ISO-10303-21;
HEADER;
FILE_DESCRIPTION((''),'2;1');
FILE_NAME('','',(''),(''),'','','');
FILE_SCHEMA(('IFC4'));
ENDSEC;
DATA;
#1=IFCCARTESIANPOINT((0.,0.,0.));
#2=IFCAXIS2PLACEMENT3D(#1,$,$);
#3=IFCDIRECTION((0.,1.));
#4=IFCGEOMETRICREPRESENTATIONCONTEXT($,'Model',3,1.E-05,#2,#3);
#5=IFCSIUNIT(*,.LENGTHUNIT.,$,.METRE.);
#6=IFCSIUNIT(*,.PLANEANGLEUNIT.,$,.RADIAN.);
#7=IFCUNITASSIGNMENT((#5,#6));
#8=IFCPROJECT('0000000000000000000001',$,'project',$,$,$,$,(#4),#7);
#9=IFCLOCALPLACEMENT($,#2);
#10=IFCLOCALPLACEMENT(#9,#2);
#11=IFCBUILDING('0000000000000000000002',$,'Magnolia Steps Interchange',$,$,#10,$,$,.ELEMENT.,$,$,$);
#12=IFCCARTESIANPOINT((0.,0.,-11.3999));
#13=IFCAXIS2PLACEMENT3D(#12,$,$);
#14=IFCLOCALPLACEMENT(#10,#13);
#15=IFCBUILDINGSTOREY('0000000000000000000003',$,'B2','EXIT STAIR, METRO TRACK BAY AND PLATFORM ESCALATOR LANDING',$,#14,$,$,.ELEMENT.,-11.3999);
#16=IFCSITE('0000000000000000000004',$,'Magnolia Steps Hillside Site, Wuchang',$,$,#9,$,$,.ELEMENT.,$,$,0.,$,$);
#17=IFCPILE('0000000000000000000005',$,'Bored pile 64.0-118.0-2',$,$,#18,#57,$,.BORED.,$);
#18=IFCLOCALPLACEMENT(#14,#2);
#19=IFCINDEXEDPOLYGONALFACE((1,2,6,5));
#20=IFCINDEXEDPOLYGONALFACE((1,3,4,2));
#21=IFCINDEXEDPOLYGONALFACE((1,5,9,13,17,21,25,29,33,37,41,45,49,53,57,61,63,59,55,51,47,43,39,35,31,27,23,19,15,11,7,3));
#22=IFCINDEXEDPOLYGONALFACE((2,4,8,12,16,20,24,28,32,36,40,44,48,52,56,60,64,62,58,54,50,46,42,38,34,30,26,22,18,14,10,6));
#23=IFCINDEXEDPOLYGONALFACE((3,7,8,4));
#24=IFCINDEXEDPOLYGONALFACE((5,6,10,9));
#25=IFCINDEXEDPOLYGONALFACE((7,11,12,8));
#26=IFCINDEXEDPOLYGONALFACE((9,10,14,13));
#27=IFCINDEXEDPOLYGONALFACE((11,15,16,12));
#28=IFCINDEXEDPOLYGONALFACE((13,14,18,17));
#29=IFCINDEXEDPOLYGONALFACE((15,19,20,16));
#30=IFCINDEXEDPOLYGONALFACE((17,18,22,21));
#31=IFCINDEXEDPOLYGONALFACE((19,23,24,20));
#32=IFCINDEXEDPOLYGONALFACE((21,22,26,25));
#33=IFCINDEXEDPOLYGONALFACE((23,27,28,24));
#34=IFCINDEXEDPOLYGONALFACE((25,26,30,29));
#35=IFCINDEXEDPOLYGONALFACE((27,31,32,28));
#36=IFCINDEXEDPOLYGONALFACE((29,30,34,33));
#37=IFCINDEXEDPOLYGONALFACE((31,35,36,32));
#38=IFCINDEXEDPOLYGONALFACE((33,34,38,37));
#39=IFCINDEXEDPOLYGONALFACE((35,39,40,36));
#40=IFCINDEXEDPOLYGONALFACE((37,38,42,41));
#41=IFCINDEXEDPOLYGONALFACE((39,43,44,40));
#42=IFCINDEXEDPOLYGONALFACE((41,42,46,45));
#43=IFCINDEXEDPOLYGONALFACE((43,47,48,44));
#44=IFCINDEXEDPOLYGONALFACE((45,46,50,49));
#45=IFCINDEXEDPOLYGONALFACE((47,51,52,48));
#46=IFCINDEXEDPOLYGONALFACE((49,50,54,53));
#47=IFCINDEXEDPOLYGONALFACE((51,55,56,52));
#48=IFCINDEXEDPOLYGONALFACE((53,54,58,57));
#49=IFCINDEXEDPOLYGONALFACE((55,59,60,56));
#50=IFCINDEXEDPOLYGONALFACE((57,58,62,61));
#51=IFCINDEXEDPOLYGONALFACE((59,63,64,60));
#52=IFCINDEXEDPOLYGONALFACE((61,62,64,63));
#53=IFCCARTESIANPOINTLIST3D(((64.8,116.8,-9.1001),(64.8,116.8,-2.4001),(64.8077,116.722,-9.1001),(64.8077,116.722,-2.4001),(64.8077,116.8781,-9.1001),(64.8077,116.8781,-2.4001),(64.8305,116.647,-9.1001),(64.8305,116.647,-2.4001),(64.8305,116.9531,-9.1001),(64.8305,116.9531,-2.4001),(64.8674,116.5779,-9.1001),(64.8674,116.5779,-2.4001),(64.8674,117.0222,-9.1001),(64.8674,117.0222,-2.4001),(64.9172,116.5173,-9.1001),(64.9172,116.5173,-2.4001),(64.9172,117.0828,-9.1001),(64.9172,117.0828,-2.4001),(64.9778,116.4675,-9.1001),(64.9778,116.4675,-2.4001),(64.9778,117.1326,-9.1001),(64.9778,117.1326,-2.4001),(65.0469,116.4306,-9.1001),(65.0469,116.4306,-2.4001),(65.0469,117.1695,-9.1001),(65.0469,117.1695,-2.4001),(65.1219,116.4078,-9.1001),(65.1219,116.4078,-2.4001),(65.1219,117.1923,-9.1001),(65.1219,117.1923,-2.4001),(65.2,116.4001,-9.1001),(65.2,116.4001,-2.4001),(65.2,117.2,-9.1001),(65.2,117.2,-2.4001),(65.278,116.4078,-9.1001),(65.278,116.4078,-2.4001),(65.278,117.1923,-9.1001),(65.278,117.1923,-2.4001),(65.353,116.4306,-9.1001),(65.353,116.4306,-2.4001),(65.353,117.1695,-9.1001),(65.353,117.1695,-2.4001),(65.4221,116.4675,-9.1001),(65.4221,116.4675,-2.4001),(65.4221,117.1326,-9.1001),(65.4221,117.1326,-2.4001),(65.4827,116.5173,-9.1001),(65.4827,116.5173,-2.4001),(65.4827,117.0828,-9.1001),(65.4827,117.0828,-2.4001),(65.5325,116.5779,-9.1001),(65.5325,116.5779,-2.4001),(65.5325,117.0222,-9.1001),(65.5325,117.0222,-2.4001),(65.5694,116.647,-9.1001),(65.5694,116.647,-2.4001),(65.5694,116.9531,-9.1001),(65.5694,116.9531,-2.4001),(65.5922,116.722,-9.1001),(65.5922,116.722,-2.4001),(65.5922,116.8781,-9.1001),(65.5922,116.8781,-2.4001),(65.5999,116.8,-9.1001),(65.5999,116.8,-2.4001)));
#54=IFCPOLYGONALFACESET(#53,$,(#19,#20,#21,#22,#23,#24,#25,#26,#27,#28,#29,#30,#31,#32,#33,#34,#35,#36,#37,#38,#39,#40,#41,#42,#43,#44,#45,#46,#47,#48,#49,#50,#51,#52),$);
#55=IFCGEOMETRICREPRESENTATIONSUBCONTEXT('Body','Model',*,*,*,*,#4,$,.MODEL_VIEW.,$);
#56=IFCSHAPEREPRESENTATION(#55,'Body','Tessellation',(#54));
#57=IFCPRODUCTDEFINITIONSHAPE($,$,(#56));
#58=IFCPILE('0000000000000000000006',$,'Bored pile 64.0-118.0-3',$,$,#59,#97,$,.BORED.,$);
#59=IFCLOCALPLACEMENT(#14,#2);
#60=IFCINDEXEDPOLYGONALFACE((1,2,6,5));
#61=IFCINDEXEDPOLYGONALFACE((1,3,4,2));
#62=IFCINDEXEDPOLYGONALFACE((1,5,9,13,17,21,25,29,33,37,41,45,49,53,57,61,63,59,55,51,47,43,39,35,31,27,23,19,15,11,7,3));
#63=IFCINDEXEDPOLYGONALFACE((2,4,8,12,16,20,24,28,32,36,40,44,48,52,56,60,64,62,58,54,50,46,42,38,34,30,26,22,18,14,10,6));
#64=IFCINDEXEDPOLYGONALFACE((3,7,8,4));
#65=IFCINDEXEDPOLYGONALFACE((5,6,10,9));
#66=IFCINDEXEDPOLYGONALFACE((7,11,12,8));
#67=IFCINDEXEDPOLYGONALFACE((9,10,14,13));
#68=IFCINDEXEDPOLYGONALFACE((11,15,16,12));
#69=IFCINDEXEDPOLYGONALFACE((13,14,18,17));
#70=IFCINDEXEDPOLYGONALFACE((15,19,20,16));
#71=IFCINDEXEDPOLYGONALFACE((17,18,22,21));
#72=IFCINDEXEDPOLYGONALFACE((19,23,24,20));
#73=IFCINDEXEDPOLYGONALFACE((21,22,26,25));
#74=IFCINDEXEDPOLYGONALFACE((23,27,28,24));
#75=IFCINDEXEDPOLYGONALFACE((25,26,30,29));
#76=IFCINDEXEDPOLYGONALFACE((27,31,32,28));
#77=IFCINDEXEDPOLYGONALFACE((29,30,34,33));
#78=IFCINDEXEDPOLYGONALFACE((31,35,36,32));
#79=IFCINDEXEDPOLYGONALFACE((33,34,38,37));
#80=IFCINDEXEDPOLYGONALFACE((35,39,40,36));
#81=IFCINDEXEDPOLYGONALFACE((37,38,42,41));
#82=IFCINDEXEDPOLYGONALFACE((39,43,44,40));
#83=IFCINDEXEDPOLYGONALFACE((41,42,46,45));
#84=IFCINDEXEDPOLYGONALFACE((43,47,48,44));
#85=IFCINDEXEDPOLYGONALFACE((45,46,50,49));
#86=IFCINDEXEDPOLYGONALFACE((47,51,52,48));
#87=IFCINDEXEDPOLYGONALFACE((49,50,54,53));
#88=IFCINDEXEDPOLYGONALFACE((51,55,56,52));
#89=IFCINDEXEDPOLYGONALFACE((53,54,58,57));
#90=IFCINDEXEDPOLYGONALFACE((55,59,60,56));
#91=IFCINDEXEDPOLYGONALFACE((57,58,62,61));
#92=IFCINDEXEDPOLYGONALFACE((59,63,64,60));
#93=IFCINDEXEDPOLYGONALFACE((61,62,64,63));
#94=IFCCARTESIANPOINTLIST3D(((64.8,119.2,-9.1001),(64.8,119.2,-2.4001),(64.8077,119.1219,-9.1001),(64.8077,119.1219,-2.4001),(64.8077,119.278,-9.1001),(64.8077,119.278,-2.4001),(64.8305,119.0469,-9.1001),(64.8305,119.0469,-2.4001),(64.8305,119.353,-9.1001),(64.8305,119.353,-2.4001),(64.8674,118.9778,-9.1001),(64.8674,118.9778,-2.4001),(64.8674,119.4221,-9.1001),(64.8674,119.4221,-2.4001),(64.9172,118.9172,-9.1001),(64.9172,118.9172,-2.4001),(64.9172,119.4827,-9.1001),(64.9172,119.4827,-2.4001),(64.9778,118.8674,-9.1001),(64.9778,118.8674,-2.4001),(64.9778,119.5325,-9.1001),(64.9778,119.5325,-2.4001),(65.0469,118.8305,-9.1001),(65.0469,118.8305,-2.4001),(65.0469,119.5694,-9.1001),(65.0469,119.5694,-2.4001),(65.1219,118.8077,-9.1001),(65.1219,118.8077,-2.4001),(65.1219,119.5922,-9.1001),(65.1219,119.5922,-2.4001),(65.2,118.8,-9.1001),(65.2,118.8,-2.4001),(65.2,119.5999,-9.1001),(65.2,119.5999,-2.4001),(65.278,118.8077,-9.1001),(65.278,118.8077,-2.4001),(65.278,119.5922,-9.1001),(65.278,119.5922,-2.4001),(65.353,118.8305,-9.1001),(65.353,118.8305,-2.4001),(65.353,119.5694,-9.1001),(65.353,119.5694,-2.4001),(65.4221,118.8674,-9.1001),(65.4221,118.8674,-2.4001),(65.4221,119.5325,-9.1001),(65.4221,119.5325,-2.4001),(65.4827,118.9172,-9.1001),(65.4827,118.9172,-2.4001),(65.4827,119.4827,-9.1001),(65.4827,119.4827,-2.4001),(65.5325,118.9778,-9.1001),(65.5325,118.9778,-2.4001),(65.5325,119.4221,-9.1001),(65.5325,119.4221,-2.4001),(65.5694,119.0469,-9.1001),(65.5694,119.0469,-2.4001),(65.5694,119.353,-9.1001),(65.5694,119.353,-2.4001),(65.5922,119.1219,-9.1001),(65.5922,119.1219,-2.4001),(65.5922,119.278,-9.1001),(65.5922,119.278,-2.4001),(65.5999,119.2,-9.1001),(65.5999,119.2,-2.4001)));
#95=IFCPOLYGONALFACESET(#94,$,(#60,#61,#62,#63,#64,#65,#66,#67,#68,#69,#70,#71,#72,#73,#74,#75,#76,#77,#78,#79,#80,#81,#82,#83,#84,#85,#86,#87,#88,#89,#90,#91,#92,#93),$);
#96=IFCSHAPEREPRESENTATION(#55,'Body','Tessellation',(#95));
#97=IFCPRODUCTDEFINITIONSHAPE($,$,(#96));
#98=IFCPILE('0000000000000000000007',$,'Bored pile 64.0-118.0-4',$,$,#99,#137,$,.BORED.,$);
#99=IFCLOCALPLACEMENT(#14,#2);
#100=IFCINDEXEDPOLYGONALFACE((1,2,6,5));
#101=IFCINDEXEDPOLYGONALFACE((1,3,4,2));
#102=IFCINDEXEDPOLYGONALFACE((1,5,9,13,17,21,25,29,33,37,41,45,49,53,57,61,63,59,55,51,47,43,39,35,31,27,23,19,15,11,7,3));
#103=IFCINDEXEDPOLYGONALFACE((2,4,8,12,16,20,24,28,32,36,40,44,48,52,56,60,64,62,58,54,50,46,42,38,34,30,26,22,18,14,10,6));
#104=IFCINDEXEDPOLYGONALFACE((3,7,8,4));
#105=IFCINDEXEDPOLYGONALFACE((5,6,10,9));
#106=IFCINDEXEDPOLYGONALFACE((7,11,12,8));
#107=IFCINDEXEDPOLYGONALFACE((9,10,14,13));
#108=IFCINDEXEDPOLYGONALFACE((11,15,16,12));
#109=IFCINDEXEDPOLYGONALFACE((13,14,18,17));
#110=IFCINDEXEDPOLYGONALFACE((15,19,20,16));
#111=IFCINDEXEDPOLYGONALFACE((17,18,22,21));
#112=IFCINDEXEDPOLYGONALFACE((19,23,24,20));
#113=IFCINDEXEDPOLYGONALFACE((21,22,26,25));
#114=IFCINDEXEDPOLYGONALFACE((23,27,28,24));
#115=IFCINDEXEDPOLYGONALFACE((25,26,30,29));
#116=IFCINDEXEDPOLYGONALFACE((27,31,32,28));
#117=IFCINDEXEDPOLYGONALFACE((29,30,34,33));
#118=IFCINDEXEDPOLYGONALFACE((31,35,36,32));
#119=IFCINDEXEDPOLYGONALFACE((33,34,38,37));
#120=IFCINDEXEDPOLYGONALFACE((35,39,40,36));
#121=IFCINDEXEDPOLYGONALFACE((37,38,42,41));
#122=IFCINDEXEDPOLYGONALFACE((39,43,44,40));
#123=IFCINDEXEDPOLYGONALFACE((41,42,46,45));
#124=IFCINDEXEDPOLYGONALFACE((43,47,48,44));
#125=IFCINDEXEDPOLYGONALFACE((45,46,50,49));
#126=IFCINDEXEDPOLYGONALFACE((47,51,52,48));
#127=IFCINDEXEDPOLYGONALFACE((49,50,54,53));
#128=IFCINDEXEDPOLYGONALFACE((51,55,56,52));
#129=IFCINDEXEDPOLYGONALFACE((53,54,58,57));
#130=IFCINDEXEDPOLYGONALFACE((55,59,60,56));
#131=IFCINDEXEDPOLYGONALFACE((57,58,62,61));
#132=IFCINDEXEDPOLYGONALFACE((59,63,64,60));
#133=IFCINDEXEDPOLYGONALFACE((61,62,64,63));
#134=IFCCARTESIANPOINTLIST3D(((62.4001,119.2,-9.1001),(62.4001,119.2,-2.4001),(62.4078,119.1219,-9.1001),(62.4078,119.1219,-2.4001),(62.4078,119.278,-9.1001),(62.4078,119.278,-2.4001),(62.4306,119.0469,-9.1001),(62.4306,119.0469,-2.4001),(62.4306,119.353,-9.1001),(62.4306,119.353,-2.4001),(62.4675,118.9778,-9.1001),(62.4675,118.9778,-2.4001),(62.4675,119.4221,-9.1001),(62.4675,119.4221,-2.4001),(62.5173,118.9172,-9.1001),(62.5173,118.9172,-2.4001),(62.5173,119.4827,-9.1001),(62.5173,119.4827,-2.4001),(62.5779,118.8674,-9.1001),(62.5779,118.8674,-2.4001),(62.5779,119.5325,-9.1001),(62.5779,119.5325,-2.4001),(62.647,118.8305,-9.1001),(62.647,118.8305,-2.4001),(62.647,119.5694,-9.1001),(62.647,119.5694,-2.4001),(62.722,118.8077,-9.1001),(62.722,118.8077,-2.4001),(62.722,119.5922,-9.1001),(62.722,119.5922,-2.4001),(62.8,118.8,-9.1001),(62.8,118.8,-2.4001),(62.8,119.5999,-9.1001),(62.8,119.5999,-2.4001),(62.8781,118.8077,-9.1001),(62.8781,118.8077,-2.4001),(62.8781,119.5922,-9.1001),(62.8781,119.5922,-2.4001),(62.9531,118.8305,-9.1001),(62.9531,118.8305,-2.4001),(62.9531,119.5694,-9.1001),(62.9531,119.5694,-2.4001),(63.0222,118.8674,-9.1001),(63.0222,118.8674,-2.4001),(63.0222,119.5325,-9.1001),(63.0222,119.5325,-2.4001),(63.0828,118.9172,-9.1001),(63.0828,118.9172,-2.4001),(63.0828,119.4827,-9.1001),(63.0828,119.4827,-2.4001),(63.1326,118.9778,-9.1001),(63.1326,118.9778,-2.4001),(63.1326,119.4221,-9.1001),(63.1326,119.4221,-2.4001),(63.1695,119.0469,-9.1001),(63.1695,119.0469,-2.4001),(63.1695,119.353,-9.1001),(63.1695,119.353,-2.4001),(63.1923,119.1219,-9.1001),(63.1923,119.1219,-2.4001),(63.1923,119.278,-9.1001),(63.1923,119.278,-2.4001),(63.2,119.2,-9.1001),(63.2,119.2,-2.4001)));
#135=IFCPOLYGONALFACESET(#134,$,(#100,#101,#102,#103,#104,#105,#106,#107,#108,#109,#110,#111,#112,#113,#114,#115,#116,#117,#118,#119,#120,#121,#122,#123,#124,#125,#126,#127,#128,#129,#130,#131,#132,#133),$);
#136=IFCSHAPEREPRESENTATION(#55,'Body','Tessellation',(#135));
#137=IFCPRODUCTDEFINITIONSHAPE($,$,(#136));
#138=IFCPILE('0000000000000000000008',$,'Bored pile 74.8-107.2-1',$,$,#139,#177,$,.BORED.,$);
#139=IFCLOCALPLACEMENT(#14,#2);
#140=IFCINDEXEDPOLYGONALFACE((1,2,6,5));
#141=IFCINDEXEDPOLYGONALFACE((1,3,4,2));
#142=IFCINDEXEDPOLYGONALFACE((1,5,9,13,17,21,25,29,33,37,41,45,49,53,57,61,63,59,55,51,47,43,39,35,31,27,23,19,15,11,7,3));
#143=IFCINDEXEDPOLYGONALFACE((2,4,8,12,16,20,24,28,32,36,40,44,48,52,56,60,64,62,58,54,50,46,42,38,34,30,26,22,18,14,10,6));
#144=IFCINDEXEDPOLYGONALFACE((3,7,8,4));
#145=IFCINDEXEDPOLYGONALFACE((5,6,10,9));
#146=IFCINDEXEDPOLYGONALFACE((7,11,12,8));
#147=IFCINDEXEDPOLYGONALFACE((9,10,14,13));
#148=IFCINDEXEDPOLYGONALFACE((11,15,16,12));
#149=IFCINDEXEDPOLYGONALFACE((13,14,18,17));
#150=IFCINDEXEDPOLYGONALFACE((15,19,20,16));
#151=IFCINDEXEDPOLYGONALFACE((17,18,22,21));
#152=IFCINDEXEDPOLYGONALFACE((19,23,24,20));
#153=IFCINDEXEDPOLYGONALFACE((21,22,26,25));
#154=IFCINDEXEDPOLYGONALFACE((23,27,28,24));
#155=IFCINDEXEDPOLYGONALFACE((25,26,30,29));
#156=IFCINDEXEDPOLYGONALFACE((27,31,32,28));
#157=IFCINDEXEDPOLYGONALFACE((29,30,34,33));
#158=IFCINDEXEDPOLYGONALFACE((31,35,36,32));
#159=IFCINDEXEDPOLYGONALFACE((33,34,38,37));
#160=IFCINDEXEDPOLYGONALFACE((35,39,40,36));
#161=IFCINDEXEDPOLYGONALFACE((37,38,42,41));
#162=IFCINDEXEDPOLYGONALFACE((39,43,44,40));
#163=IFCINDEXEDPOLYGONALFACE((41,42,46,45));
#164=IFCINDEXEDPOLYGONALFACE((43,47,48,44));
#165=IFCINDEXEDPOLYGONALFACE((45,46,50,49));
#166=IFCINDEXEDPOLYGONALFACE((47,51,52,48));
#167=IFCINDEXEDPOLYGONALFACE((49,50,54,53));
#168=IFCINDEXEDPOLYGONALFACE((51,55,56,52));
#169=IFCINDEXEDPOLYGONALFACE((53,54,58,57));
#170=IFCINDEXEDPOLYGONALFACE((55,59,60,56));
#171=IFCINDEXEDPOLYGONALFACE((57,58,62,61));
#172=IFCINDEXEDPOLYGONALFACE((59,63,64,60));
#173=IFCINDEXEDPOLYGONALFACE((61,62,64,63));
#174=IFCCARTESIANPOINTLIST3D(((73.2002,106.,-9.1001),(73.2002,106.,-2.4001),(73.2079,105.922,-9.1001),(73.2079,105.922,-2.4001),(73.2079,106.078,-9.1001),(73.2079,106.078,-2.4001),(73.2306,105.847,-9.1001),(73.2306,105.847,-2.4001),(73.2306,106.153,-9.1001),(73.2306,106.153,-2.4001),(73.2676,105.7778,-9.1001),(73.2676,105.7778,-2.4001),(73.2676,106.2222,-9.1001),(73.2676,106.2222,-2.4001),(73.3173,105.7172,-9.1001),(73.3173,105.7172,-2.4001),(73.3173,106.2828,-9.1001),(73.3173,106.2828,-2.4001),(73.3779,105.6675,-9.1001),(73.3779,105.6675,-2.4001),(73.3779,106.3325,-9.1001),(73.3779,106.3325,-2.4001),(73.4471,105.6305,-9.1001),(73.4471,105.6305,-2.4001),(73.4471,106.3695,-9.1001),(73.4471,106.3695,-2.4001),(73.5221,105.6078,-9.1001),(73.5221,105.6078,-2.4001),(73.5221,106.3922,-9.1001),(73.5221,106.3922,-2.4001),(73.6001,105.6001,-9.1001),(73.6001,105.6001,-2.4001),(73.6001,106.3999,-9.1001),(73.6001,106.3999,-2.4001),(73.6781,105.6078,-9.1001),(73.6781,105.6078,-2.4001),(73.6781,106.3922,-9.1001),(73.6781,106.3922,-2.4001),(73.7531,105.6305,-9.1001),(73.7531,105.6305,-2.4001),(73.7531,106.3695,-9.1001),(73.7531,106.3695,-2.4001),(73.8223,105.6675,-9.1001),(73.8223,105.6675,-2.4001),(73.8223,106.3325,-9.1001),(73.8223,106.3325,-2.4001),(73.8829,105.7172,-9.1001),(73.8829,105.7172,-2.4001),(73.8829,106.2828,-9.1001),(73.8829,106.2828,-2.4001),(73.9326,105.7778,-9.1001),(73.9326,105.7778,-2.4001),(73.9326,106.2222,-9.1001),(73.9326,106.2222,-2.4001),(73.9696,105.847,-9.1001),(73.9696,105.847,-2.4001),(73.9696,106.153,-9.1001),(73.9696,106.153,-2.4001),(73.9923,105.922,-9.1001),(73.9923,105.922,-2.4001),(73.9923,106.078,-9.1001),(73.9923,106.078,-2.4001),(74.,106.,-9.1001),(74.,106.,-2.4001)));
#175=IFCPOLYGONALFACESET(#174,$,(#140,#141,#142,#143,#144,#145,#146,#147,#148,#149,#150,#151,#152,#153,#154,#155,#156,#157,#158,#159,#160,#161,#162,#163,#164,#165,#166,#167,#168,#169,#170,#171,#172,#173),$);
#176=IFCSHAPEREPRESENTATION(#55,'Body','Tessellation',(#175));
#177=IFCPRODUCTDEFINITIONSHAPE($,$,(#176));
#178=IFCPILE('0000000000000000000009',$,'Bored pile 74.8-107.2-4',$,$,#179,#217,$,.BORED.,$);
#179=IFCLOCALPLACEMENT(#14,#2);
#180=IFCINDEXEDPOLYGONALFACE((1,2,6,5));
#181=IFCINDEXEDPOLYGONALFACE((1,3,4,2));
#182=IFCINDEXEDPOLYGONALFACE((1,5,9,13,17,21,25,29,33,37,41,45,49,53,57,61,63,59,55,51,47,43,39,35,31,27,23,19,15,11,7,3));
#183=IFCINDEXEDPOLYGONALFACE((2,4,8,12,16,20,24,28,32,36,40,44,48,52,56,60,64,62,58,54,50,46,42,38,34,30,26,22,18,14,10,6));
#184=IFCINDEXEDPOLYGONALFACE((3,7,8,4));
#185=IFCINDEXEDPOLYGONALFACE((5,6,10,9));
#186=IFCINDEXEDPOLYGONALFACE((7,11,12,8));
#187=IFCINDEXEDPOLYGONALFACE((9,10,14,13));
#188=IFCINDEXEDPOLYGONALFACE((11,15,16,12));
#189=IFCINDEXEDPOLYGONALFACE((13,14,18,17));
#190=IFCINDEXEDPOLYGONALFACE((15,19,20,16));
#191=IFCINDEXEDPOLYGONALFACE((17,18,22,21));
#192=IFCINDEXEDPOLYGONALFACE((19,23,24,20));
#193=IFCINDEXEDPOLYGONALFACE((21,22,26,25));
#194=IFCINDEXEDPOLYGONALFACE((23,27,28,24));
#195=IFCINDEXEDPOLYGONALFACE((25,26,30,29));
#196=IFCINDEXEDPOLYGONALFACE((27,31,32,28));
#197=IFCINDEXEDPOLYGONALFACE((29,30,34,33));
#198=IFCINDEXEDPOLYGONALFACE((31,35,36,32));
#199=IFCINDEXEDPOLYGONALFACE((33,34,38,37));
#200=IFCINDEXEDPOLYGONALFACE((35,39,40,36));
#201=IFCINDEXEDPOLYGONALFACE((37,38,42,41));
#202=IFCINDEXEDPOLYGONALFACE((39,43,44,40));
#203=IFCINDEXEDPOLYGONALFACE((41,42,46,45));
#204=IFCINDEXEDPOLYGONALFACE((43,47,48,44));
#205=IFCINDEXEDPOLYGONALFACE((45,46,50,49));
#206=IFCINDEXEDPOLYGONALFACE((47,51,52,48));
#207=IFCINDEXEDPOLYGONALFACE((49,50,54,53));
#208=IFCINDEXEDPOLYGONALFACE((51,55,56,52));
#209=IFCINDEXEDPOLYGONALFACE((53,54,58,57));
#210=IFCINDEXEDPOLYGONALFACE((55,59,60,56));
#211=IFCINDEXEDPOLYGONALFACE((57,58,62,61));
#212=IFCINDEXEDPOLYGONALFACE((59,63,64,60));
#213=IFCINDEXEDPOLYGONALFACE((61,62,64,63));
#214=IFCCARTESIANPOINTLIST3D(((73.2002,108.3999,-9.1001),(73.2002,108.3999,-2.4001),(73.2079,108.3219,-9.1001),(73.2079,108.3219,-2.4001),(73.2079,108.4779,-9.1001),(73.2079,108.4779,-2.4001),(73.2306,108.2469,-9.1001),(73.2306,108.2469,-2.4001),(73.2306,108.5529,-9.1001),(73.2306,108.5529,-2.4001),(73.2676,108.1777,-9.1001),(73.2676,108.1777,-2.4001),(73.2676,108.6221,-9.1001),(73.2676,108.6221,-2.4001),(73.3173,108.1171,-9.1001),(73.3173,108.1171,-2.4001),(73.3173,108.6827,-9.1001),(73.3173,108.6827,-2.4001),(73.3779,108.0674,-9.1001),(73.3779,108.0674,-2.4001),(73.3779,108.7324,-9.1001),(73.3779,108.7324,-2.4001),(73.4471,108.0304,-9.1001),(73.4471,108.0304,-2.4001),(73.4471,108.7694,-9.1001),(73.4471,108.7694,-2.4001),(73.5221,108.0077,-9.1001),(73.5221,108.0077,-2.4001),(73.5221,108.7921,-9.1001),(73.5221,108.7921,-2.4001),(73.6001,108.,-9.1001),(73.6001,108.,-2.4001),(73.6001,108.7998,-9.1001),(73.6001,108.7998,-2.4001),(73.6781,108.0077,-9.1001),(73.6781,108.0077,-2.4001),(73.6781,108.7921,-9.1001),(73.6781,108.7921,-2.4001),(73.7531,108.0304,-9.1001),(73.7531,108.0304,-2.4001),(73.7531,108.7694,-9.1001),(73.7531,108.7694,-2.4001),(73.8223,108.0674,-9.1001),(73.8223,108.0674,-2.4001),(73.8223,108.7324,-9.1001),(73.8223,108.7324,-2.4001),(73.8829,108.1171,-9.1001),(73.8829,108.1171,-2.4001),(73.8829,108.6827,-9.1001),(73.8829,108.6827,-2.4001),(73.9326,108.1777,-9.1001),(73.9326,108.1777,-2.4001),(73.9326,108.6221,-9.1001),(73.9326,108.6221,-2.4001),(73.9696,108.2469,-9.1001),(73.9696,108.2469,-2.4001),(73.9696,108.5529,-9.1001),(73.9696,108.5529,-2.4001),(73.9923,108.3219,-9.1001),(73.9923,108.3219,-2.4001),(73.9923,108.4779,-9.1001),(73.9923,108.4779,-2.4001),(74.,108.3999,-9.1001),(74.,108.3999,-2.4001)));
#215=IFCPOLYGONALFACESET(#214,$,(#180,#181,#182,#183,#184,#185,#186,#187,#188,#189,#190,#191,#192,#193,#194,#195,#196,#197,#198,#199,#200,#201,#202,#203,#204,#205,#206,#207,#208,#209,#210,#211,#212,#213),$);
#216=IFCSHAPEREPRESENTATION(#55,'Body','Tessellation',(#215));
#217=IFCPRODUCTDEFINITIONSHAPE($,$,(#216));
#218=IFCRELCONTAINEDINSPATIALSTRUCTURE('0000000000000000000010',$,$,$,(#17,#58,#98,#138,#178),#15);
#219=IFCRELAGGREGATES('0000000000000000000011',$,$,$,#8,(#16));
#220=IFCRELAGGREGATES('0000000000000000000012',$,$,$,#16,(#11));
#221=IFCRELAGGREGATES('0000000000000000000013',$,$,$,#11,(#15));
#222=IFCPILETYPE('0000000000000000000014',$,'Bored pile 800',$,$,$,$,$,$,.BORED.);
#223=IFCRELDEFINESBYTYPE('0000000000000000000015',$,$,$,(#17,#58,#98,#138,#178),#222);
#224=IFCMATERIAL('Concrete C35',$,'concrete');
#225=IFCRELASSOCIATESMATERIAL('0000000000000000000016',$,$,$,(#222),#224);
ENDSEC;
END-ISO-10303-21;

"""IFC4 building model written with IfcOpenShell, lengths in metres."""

from ifc_helpers import new_model, si_unit, direction, frame, origin, origin_2d, place, context, subcontext, project, spatial, circle, extrude, material, material_profile, profile_set, type_object, element, save


model = new_model("IFC4")

# Units and contexts
model_context = context("Model", 3, precision=1e-05, world=origin(), true_north=direction((0.0, 1.0)))
body_context = subcontext(model_context, "Body", "Model", "MODEL_VIEW")
ifc_project = project(units=[si_unit("LENGTHUNIT", "METRE"), si_unit("PLANEANGLEUNIT", "RADIAN")], contexts=[model_context])

# Site, building, storey
site_placement = place(None, origin())
site = spatial("IfcSite", under=ifc_project, at=site_placement, Name="Magnolia Steps Hillside Site, Wuchang", CompositionType="ELEMENT", RefElevation=0.0)
building_placement = place(site_placement, origin())
building = spatial("IfcBuilding", under=site, at=building_placement, Name="Magnolia Steps Interchange", CompositionType="ELEMENT")
storey_placement = place(building_placement, frame((0.0, 0.0, -11.3999)))
storey = spatial("IfcBuildingStorey", under=building, at=storey_placement, Name="B2", Description="EXIT STAIR, METRO TRACK BAY AND PLATFORM ESCALATOR LANDING", CompositionType="ELEMENT", Elevation=-11.3999)

# Piles
ifc_material_1 = material(Name="Concrete C35", Category="concrete")
ifc_material_profile_1 = material_profile(ifc_material_1, circle(Radius=0.3999, at=origin_2d()), Name="Bored pile 800")
ifc_profile_set_1 = profile_set([ifc_material_profile_1], Name="Concrete C35")
pile_type_1 = type_object("IfcPileType", Name="Bored pile 800", PredefinedType="BORED", material=ifc_profile_set_1)
for number, where, z_axis, x_axis, name in (
    (1, (65.2, 116.8, -2.4001), (0.0, 0.0, -1.0), (1.0, 0.0, 0.0), "Bored pile 64.0-118.0-2"),
    (2, (65.2, 119.2, -2.4001), (0.0, 0.0, -1.0), (1.0, 0.0, 0.0), "Bored pile 64.0-118.0-3"),
    (3, (62.8, 119.2, -2.4001), (0.0, 0.0, -1.0), (1.0, 0.0, 0.0), "Bored pile 64.0-118.0-4"),
    (4, (73.6001, 106.0, -2.4001), (0.0, 0.0, -1.0), (1.0, 0.0, 0.0), "Bored pile 74.8-107.2-1"),
    (5, (73.6001, 108.3999, -2.4001), (0.0, 0.0, -1.0), (1.0, 0.0, 0.0), "Bored pile 74.8-107.2-4"),
):
    element("IfcPile", number, at=place(storey_placement, frame(where, z_axis=z_axis, x_axis=x_axis)), inside=storey, type_object=pile_type_1, Name=name, PredefinedType="BORED", context=body_context, shape_type="SweptSolid", body=[
        extrude(circle(Radius=0.3999, at=origin_2d()), origin(), (0.0, 0.0, 1.0), 6.7),
    ])

save(model, "model.ifc")
